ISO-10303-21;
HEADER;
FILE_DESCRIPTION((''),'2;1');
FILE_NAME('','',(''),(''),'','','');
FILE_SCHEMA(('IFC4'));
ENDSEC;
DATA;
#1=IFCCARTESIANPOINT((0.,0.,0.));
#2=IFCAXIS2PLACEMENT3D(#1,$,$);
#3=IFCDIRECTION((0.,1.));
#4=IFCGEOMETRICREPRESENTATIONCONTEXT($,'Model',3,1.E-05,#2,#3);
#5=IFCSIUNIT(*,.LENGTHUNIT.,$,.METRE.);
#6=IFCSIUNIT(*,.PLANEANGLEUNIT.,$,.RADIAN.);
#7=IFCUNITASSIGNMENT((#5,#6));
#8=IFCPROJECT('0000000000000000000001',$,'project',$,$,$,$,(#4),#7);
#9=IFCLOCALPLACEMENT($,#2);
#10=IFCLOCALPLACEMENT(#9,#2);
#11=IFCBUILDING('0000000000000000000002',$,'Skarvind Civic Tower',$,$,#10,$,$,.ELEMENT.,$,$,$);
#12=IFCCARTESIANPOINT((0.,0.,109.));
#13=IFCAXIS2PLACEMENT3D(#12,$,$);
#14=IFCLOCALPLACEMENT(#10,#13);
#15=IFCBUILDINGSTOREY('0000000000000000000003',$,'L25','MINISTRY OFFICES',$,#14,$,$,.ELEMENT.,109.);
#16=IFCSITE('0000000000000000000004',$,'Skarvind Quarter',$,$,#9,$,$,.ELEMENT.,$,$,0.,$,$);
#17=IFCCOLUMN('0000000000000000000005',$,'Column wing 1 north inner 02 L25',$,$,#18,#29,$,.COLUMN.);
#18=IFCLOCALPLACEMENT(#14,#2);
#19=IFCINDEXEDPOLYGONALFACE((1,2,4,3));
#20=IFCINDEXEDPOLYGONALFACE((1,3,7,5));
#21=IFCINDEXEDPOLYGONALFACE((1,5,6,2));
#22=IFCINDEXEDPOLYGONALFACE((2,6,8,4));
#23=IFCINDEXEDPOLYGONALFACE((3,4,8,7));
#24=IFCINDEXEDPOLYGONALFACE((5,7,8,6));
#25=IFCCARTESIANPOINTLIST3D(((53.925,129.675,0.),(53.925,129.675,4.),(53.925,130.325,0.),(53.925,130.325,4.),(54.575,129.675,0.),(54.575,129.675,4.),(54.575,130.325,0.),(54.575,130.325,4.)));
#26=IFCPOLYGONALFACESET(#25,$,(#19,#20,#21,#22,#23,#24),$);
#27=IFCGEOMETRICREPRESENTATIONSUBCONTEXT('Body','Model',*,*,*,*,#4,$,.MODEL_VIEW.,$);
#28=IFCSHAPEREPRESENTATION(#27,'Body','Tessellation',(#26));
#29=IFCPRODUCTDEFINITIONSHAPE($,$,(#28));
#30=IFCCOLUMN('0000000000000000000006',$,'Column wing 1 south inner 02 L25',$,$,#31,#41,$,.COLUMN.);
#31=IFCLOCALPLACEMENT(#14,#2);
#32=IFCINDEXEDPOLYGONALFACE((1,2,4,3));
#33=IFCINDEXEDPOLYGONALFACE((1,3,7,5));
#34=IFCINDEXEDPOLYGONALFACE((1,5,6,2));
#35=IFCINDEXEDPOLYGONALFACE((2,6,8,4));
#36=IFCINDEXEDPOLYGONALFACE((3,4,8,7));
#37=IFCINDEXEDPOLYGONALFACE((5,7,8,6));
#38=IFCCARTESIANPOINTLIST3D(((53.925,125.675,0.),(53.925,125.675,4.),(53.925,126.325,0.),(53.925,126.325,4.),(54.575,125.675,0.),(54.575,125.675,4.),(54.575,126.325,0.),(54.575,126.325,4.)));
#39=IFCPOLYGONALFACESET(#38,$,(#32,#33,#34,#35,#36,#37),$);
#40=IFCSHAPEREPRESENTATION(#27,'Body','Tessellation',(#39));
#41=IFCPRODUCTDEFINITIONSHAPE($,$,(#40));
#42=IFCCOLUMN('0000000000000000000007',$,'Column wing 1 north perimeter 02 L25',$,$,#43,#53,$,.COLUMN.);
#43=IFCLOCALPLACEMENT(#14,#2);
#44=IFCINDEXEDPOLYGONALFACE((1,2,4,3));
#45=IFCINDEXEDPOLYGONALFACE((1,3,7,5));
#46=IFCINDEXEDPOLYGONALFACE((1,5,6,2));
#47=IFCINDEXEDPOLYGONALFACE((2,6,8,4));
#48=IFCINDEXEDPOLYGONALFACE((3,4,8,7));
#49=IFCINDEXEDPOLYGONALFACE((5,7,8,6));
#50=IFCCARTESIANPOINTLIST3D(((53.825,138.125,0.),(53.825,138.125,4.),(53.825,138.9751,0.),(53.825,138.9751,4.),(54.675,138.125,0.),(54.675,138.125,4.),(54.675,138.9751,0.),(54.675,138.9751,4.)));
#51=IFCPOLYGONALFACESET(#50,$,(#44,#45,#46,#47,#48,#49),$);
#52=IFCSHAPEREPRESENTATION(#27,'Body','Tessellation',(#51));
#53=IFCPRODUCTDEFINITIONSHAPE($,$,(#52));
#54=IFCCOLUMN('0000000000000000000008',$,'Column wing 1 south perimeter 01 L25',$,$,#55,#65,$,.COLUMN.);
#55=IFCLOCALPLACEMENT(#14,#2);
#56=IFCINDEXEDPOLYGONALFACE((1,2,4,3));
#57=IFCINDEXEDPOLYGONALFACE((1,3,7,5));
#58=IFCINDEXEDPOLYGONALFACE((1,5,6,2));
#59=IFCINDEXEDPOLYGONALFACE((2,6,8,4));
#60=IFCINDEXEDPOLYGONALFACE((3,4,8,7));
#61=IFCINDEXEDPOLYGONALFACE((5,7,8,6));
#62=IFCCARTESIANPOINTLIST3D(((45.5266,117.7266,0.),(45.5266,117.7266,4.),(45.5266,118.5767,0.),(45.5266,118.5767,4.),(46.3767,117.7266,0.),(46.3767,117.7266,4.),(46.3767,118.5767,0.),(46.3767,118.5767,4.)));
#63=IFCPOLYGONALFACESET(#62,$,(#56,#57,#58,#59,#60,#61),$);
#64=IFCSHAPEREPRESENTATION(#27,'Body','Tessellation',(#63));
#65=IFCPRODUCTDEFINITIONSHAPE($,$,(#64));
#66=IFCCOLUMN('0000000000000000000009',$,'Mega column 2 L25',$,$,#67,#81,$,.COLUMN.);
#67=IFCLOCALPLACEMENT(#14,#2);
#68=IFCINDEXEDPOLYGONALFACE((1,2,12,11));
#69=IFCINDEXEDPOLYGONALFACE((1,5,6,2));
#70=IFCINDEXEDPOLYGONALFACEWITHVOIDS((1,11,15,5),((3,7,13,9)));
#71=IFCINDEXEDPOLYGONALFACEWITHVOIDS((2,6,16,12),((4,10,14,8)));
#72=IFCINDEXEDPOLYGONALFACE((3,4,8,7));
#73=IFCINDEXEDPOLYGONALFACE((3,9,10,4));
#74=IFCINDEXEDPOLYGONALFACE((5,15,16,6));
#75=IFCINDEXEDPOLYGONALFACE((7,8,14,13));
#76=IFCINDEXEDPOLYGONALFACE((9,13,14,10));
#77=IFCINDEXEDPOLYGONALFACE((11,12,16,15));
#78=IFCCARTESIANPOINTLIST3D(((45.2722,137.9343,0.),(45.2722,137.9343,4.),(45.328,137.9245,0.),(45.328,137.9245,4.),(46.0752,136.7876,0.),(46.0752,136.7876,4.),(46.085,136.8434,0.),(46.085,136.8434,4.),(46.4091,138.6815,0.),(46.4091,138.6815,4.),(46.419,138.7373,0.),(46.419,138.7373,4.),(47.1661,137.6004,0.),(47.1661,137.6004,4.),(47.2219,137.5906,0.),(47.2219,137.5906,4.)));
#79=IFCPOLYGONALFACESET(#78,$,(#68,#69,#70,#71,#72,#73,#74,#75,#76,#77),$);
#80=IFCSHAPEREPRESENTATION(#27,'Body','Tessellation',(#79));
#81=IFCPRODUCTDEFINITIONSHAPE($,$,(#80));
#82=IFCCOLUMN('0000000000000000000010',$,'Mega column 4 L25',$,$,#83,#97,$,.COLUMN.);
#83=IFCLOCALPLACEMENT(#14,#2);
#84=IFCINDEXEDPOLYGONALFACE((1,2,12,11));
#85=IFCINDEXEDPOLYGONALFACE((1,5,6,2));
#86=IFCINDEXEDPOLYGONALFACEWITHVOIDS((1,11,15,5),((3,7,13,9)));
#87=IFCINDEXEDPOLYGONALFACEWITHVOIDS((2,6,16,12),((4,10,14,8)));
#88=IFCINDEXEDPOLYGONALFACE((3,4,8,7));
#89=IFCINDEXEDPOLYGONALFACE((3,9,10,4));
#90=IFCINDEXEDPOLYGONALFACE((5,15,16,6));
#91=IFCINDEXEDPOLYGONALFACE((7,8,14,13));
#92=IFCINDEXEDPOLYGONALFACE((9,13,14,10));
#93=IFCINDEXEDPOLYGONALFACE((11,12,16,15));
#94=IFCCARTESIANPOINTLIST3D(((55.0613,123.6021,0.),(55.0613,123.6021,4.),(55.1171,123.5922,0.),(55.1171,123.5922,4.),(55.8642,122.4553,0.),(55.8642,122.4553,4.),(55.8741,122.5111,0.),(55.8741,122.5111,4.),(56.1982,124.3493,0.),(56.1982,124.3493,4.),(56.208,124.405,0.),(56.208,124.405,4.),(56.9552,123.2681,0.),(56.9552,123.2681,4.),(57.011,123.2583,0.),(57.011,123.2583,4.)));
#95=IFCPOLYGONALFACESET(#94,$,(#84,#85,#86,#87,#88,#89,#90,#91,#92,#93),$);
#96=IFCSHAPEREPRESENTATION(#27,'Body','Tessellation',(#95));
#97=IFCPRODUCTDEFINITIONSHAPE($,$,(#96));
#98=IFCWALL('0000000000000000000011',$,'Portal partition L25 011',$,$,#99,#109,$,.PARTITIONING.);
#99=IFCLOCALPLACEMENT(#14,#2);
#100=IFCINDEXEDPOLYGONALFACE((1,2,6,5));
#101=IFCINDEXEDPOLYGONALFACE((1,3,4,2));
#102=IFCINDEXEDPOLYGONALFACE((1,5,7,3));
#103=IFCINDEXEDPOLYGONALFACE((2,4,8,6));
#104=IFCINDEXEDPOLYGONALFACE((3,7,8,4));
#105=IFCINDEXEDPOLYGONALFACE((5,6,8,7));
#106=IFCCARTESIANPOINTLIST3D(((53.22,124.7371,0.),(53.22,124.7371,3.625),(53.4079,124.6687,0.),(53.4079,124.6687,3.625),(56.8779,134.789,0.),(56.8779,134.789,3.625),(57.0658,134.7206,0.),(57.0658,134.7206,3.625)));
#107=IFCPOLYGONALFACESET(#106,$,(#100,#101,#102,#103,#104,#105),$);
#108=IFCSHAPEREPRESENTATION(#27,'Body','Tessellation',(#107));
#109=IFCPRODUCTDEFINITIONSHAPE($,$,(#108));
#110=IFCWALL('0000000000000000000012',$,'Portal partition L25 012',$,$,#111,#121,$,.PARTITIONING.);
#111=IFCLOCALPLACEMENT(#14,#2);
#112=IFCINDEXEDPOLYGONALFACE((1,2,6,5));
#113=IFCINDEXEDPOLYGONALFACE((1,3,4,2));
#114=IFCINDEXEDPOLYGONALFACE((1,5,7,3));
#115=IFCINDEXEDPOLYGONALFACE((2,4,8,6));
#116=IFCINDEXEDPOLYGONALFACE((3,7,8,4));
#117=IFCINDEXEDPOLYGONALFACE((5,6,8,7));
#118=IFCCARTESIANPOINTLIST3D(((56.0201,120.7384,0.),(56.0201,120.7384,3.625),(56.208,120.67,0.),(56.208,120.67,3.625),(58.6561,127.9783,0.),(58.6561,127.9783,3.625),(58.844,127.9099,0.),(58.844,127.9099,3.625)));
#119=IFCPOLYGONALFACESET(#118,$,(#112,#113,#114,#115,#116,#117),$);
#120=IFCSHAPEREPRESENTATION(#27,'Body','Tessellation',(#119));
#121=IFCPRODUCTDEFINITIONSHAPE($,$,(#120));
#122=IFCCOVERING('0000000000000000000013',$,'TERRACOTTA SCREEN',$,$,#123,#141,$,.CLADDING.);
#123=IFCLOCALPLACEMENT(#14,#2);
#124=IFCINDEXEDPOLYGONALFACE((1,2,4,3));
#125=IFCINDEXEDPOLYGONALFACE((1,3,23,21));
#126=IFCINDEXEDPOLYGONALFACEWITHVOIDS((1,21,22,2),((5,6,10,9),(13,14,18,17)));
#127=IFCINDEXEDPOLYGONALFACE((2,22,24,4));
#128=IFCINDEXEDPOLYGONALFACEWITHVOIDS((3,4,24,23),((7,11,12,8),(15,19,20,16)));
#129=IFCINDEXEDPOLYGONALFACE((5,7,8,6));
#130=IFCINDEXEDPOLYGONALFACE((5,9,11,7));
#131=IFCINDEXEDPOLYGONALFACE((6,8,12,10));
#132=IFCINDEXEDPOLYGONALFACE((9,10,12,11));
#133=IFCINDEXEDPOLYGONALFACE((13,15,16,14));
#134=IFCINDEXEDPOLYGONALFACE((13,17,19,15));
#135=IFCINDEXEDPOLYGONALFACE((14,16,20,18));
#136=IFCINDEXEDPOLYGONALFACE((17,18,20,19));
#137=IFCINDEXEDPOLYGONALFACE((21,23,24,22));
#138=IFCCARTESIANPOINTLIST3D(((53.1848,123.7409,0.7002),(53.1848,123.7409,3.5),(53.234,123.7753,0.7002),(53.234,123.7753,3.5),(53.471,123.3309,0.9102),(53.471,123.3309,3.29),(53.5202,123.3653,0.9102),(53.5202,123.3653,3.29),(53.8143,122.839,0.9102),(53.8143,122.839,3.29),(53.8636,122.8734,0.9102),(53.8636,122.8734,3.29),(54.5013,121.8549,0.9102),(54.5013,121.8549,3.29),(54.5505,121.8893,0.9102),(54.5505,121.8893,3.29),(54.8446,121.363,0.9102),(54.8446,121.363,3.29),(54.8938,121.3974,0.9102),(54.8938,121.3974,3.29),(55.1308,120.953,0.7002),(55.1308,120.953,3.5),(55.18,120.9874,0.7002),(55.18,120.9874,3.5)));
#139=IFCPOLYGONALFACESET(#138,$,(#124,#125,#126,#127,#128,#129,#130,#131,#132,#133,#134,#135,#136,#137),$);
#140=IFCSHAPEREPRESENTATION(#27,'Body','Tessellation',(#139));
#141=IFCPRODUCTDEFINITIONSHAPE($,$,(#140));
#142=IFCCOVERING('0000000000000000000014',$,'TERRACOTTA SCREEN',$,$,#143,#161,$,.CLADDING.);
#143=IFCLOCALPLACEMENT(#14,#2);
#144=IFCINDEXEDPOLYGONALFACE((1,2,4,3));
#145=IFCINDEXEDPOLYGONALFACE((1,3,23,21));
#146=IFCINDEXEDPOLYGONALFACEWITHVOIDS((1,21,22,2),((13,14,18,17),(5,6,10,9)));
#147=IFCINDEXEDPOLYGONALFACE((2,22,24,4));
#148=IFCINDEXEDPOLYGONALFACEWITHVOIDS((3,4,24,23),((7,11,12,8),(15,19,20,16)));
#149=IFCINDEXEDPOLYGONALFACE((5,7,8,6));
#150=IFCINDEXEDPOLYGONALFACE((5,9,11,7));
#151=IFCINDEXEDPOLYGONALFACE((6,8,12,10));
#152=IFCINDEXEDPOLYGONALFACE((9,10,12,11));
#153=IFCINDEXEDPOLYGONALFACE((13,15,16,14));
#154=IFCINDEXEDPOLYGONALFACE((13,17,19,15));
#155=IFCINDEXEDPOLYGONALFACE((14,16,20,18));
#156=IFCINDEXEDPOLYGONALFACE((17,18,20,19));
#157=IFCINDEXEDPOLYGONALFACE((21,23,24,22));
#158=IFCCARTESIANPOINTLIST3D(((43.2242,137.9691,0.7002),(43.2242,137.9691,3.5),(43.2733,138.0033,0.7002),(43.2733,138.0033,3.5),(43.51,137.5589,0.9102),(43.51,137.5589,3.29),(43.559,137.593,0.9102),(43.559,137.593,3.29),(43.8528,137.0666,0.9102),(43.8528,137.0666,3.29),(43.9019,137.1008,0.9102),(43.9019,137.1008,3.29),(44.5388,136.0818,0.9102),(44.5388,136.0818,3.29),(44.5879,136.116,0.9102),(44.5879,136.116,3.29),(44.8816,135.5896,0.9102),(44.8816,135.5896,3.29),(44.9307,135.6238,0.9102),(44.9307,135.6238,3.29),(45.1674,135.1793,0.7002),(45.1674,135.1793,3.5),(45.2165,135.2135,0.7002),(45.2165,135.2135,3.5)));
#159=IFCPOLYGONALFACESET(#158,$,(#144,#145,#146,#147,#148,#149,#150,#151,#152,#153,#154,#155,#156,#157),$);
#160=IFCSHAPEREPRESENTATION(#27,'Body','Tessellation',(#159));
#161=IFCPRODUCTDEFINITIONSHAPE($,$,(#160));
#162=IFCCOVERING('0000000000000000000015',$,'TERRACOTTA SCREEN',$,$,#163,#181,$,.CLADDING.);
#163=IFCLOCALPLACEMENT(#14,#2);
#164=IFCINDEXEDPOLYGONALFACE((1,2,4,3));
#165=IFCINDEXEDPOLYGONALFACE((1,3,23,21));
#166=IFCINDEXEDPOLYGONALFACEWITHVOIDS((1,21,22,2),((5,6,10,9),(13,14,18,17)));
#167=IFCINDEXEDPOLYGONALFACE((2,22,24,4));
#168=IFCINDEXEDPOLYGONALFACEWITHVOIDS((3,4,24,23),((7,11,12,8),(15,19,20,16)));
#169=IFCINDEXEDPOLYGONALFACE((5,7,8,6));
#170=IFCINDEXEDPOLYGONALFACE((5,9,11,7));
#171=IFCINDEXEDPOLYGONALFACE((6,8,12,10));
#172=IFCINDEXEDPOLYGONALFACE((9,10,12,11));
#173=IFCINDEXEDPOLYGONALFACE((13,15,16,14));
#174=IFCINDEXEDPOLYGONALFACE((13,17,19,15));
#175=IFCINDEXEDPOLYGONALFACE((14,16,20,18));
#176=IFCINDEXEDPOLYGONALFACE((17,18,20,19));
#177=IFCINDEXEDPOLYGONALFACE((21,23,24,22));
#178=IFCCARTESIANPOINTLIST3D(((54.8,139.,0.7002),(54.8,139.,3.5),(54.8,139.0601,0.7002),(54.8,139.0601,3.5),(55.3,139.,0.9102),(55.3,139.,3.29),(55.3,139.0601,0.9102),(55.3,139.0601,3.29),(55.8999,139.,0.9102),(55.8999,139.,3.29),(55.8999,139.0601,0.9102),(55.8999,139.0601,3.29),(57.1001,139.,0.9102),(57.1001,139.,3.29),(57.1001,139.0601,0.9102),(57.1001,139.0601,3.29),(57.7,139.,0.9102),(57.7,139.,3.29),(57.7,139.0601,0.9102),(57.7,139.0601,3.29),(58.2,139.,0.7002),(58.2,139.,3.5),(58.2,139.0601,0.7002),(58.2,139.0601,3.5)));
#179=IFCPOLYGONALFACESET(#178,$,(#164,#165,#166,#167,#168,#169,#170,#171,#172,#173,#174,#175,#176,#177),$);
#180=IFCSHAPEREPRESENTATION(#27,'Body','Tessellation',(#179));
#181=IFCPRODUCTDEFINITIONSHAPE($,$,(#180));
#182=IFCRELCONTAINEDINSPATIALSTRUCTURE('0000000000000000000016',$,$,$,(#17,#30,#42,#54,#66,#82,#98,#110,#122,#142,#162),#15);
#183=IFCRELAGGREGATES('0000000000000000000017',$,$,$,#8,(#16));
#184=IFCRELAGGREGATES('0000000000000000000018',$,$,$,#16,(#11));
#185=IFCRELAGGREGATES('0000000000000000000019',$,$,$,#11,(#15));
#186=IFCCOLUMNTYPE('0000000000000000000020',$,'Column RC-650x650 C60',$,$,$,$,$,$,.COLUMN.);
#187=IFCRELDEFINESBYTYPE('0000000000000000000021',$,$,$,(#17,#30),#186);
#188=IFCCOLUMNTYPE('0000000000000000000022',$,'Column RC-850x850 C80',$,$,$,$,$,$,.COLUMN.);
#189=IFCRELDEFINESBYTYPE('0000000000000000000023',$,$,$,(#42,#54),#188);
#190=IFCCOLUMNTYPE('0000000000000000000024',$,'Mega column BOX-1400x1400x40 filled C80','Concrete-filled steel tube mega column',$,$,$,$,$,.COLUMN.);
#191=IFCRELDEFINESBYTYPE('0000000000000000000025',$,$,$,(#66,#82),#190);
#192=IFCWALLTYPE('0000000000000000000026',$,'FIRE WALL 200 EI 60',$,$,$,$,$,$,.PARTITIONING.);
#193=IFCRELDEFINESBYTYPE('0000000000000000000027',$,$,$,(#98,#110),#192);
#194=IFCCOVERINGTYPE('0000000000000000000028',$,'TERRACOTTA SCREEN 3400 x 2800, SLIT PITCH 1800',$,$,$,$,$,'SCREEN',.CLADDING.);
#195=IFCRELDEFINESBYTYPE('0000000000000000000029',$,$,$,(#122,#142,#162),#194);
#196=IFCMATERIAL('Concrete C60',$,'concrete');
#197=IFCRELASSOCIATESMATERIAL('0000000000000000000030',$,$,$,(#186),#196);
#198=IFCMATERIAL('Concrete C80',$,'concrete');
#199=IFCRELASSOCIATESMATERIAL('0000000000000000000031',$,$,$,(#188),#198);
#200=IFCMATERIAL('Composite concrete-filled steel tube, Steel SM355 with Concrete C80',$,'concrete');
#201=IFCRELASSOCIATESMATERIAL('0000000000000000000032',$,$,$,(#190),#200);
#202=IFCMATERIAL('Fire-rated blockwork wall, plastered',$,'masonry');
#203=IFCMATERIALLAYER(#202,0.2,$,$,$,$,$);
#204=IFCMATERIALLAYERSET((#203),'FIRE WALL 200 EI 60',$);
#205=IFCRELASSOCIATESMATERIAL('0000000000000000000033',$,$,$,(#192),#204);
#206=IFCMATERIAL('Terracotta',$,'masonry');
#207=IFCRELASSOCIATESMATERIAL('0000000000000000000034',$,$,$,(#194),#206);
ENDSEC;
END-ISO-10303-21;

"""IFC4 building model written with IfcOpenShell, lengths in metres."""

from ifc_helpers import new_model, si_unit, direction, frame, frame_2d, origin, origin_2d, place, context, subcontext, project, spatial, polyline, rectangle, hollow_rectangle, outline, extrude, material, layer, layer_set, material_profile, profile_set, type_object, element, save


model = new_model("IFC4")

# Units and contexts
model_context = context("Model", 3, precision=1e-05, world=origin(), true_north=direction((0.0, 1.0)))
body_context = subcontext(model_context, "Body", "Model", "MODEL_VIEW")
ifc_project = project(units=[si_unit("LENGTHUNIT", "METRE"), si_unit("PLANEANGLEUNIT", "RADIAN")], contexts=[model_context])

# Site, building, storey
site_placement = place(None, origin())
site = spatial("IfcSite", under=ifc_project, at=site_placement, Name="Skarvind Quarter", CompositionType="ELEMENT", RefElevation=0.0)
building_placement = place(site_placement, origin())
building = spatial("IfcBuilding", under=site, at=building_placement, Name="Skarvind Civic Tower", CompositionType="ELEMENT")
storey_placement = place(building_placement, frame((0.0, 0.0, 109.0)))
storey = spatial("IfcBuildingStorey", under=building, at=storey_placement, Name="L25", Description="MINISTRY OFFICES", CompositionType="ELEMENT", Elevation=109.0)

# Columns
ifc_material_1 = material(Name="Concrete C60", Category="concrete")
ifc_material_profile_1 = material_profile(ifc_material_1, rectangle(XDim=0.6499, YDim=0.6499, at=origin_2d()), Name="RC-650x650")
ifc_profile_set_1 = profile_set([ifc_material_profile_1], Name="Concrete C60")
column_type_1 = type_object("IfcColumnType", Name="Column RC-650x650 C60", PredefinedType="COLUMN", material=ifc_profile_set_1)
for number, where, z_axis, x_axis, name in (
    (1, (54.25, 130.0, 0.0), (0.0, 0.0, 1.0), (1.0, 0.0, 0.0), "Column wing 1 north inner 02 L25"),
    (2, (54.25, 126.0, 0.0), (0.0, 0.0, 1.0), (1.0, 0.0, 0.0), "Column wing 1 south inner 02 L25"),
):
    element("IfcColumn", number, at=place(storey_placement, frame(where, z_axis=z_axis, x_axis=x_axis)), inside=storey, type_object=column_type_1, Name=name, PredefinedType="COLUMN", context=body_context, shape_type="SweptSolid", body=[
        extrude(rectangle(XDim=0.6499, YDim=0.6499, at=origin_2d()), origin(), (0.0, 0.0, 1.0), 4.0),
    ])
ifc_material_2 = material(Name="Concrete C80", Category="concrete")
ifc_material_profile_2 = material_profile(ifc_material_2, rectangle(XDim=0.8501, YDim=0.8501, at=origin_2d()), Name="RC-850x850")
ifc_profile_set_2 = profile_set([ifc_material_profile_2], Name="Concrete C80")
column_type_2 = type_object("IfcColumnType", Name="Column RC-850x850 C80", PredefinedType="COLUMN", material=ifc_profile_set_2)
for number, where, z_axis, x_axis, name in (
    (3, (54.25, 138.55, 0.0), (0.0, 0.0, 1.0), (1.0, 0.0, 0.0), "Column wing 1 north perimeter 02 L25"),
    (4, (45.9517, 118.1516, 0.0), (0.0, 0.0, 1.0), (1.0, 0.0, 0.0), "Column wing 1 south perimeter 01 L25"),
):
    element("IfcColumn", number, at=place(storey_placement, frame(where, z_axis=z_axis, x_axis=x_axis)), inside=storey, type_object=column_type_2, Name=name, PredefinedType="COLUMN", context=body_context, shape_type="SweptSolid", body=[
        extrude(rectangle(XDim=0.8501, YDim=0.8501, at=origin_2d()), origin(), (0.0, 0.0, 1.0), 4.0),
    ])
ifc_material_3 = material(Name="Composite concrete-filled steel tube, Steel SM355 with Concrete C80", Category="concrete")
ifc_material_profile_3 = material_profile(ifc_material_3, hollow_rectangle(XDim=1.3999, YDim=1.3999, WallThickness=0.04, at=origin_2d()), Name="BOX-1400x1400x40")
ifc_profile_set_3 = profile_set([ifc_material_profile_3], Name="Composite concrete-filled steel tube, Steel SM355 with Concrete C80")
column_type_3 = type_object("IfcColumnType", Name="Mega column BOX-1400x1400x40 filled C80", Description="Concrete-filled steel tube mega column", PredefinedType="COLUMN", material=ifc_profile_set_3)
for number, where, z_axis, x_axis, name in (
    (5, (46.2471, 137.7625, 0.0), (0.0, 0.0, 1.0), (0.573576, -0.819152, 0.0), "Mega column 2 L25"),
    (6, (56.0361, 123.4302, 0.0), (0.0, 0.0, 1.0), (0.573576, -0.819152, 0.0), "Mega column 4 L25"),
):
    element("IfcColumn", number, at=place(storey_placement, frame(where, z_axis=z_axis, x_axis=x_axis)), inside=storey, type_object=column_type_3, Name=name, PredefinedType="COLUMN", context=body_context, shape_type="SweptSolid", body=[
        extrude(hollow_rectangle(XDim=1.3999, YDim=1.3999, WallThickness=0.04, at=origin_2d()), origin(), (0.0, 0.0, 1.0), 4.0),
    ])

# Walls
ifc_material_4 = material(Name="Fire-rated blockwork wall, plastered", Category="masonry")
ifc_layer_1 = layer(ifc_material_4, 0.2)
ifc_layer_set_1 = layer_set([ifc_layer_1], Name="FIRE WALL 200 EI 60")
wall_type_1 = type_object("IfcWallType", Name="FIRE WALL 200 EI 60", PredefinedType="PARTITIONING", material=ifc_layer_set_1)
wall_1_placement = place(storey_placement, frame((53.314, 124.7029, 0.0), z_axis=(0.0, 0.0, 1.0), x_axis=(0.341965, 0.939713, 0.0)))
element("IfcWall", 7, at=wall_1_placement, inside=storey, type_object=wall_type_1, Name="Portal partition L25 011", PredefinedType="PARTITIONING", context=body_context, shape_type="SweptSolid", body=[
    extrude(rectangle(XDim=10.6968, YDim=0.2, at=frame_2d((5.3484, 0.0))), origin(), (0.0, 0.0, 1.0), 3.625),
])
wall_2_placement = place(storey_placement, frame((56.114, 120.7041, 0.0), z_axis=(0.0, 0.0, 1.0), x_axis=(0.342117, 0.939657, 0.0)))
element("IfcWall", 8, at=wall_2_placement, inside=storey, type_object=wall_type_1, Name="Portal partition L25 012", PredefinedType="PARTITIONING", context=body_context, shape_type="SweptSolid", body=[
    extrude(rectangle(XDim=7.7048, YDim=0.2, at=frame_2d((3.8525, 0.0))), origin(), (0.0, 0.0, 1.0), 3.625),
])

# Coverings
ifc_material_5 = material(Name="Terracotta", Category="masonry")
ifc_material_profile_4 = material_profile(ifc_material_5, outline(polyline([(-1.7, -1.3999), (1.7, -1.3999), (1.7, 1.3999), (-1.7, 1.3999), (-1.7, -1.3999)]), holes=[polyline([(-1.2, -1.1899), (-0.6001, -1.1899), (-0.6001, 1.1899), (-1.2, 1.1899), (-1.2, -1.1899)]), polyline([(0.6001, -1.1899), (1.2, -1.1899), (1.2, 1.1899), (0.6001, 1.1899), (0.6001, -1.1899)])]), Name="TERRACOTTA SCREEN 3400 x 2800, SLIT PITCH 1800")
ifc_profile_set_4 = profile_set([ifc_material_profile_4], Name="Terracotta")
covering_type = type_object("IfcCoveringType", Name="TERRACOTTA SCREEN 3400 x 2800, SLIT PITCH 1800", ElementType="SCREEN", PredefinedType="CLADDING", material=ifc_profile_set_4)
covering_1_placement = place(storey_placement, frame((54.207, 122.3813, 2.1001), z_axis=(-0.819994, -0.572372, 0.0), x_axis=(0.572372, -0.819994, 0.0)))
element("IfcCovering", 9, at=covering_1_placement, inside=storey, type_object=covering_type, Name="TERRACOTTA SCREEN", PredefinedType="CLADDING", context=body_context, shape_type="SweptSolid", body=[
    extrude(outline(polyline([(-1.7, -1.3999), (1.7, -1.3999), (1.7, 1.3999), (-1.7, 1.3999), (-1.7, -1.3999)]), holes=[polyline([(-1.2, -1.1899), (-0.6001, -1.1899), (-0.6001, 1.1899), (-1.2, 1.1899), (-1.2, -1.1899)]), polyline([(0.6001, -1.1899), (1.2, -1.1899), (1.2, 1.1899), (0.6001, 1.1899), (0.6001, -1.1899)])]), origin(), (0.0, 0.0, 1.0), 0.0601),
])
covering_2_placement = place(storey_placement, frame((44.2449, 136.6084, 2.1001), z_axis=(-0.820572, -0.571543, 0.0), x_axis=(0.571543, -0.820572, 0.0)))
element("IfcCovering", 10, at=covering_2_placement, inside=storey, type_object=covering_type, Name="TERRACOTTA SCREEN", PredefinedType="CLADDING", context=body_context, shape_type="SweptSolid", body=[
    extrude(outline(polyline([(-1.7, -1.3999), (1.7, -1.3999), (1.7, 1.3999), (-1.7, 1.3999), (-1.7, -1.3999)]), holes=[polyline([(-1.2, -1.1899), (-0.6001, -1.1899), (-0.6001, 1.1899), (-1.2, 1.1899), (-1.2, -1.1899)]), polyline([(0.6001, -1.1899), (1.2, -1.1899), (1.2, 1.1899), (0.6001, 1.1899), (0.6001, -1.1899)])]), origin(), (0.0, 0.0, 1.0), 0.0598),
])
covering_3_placement = place(storey_placement, frame((56.5, 139.0, 2.1001), z_axis=(0.0, 1.0, 0.0), x_axis=(-1.0, 0.0, 0.0)))
element("IfcCovering", 11, at=covering_3_placement, inside=storey, type_object=covering_type, Name="TERRACOTTA SCREEN", PredefinedType="CLADDING", context=body_context, shape_type="SweptSolid", body=[
    extrude(outline(polyline([(-1.7, -1.3999), (1.7, -1.3999), (1.7, 1.3999), (-1.7, 1.3999), (-1.7, -1.3999)]), holes=[polyline([(-1.2, -1.1899), (-0.6001, -1.1899), (-0.6001, 1.1899), (-1.2, 1.1899), (-1.2, -1.1899)]), polyline([(0.6001, -1.1899), (1.2, -1.1899), (1.2, 1.1899), (0.6001, 1.1899), (0.6001, -1.1899)])]), origin(), (0.0, 0.0, 1.0), 0.0601),
])

save(model, "model.ifc")
